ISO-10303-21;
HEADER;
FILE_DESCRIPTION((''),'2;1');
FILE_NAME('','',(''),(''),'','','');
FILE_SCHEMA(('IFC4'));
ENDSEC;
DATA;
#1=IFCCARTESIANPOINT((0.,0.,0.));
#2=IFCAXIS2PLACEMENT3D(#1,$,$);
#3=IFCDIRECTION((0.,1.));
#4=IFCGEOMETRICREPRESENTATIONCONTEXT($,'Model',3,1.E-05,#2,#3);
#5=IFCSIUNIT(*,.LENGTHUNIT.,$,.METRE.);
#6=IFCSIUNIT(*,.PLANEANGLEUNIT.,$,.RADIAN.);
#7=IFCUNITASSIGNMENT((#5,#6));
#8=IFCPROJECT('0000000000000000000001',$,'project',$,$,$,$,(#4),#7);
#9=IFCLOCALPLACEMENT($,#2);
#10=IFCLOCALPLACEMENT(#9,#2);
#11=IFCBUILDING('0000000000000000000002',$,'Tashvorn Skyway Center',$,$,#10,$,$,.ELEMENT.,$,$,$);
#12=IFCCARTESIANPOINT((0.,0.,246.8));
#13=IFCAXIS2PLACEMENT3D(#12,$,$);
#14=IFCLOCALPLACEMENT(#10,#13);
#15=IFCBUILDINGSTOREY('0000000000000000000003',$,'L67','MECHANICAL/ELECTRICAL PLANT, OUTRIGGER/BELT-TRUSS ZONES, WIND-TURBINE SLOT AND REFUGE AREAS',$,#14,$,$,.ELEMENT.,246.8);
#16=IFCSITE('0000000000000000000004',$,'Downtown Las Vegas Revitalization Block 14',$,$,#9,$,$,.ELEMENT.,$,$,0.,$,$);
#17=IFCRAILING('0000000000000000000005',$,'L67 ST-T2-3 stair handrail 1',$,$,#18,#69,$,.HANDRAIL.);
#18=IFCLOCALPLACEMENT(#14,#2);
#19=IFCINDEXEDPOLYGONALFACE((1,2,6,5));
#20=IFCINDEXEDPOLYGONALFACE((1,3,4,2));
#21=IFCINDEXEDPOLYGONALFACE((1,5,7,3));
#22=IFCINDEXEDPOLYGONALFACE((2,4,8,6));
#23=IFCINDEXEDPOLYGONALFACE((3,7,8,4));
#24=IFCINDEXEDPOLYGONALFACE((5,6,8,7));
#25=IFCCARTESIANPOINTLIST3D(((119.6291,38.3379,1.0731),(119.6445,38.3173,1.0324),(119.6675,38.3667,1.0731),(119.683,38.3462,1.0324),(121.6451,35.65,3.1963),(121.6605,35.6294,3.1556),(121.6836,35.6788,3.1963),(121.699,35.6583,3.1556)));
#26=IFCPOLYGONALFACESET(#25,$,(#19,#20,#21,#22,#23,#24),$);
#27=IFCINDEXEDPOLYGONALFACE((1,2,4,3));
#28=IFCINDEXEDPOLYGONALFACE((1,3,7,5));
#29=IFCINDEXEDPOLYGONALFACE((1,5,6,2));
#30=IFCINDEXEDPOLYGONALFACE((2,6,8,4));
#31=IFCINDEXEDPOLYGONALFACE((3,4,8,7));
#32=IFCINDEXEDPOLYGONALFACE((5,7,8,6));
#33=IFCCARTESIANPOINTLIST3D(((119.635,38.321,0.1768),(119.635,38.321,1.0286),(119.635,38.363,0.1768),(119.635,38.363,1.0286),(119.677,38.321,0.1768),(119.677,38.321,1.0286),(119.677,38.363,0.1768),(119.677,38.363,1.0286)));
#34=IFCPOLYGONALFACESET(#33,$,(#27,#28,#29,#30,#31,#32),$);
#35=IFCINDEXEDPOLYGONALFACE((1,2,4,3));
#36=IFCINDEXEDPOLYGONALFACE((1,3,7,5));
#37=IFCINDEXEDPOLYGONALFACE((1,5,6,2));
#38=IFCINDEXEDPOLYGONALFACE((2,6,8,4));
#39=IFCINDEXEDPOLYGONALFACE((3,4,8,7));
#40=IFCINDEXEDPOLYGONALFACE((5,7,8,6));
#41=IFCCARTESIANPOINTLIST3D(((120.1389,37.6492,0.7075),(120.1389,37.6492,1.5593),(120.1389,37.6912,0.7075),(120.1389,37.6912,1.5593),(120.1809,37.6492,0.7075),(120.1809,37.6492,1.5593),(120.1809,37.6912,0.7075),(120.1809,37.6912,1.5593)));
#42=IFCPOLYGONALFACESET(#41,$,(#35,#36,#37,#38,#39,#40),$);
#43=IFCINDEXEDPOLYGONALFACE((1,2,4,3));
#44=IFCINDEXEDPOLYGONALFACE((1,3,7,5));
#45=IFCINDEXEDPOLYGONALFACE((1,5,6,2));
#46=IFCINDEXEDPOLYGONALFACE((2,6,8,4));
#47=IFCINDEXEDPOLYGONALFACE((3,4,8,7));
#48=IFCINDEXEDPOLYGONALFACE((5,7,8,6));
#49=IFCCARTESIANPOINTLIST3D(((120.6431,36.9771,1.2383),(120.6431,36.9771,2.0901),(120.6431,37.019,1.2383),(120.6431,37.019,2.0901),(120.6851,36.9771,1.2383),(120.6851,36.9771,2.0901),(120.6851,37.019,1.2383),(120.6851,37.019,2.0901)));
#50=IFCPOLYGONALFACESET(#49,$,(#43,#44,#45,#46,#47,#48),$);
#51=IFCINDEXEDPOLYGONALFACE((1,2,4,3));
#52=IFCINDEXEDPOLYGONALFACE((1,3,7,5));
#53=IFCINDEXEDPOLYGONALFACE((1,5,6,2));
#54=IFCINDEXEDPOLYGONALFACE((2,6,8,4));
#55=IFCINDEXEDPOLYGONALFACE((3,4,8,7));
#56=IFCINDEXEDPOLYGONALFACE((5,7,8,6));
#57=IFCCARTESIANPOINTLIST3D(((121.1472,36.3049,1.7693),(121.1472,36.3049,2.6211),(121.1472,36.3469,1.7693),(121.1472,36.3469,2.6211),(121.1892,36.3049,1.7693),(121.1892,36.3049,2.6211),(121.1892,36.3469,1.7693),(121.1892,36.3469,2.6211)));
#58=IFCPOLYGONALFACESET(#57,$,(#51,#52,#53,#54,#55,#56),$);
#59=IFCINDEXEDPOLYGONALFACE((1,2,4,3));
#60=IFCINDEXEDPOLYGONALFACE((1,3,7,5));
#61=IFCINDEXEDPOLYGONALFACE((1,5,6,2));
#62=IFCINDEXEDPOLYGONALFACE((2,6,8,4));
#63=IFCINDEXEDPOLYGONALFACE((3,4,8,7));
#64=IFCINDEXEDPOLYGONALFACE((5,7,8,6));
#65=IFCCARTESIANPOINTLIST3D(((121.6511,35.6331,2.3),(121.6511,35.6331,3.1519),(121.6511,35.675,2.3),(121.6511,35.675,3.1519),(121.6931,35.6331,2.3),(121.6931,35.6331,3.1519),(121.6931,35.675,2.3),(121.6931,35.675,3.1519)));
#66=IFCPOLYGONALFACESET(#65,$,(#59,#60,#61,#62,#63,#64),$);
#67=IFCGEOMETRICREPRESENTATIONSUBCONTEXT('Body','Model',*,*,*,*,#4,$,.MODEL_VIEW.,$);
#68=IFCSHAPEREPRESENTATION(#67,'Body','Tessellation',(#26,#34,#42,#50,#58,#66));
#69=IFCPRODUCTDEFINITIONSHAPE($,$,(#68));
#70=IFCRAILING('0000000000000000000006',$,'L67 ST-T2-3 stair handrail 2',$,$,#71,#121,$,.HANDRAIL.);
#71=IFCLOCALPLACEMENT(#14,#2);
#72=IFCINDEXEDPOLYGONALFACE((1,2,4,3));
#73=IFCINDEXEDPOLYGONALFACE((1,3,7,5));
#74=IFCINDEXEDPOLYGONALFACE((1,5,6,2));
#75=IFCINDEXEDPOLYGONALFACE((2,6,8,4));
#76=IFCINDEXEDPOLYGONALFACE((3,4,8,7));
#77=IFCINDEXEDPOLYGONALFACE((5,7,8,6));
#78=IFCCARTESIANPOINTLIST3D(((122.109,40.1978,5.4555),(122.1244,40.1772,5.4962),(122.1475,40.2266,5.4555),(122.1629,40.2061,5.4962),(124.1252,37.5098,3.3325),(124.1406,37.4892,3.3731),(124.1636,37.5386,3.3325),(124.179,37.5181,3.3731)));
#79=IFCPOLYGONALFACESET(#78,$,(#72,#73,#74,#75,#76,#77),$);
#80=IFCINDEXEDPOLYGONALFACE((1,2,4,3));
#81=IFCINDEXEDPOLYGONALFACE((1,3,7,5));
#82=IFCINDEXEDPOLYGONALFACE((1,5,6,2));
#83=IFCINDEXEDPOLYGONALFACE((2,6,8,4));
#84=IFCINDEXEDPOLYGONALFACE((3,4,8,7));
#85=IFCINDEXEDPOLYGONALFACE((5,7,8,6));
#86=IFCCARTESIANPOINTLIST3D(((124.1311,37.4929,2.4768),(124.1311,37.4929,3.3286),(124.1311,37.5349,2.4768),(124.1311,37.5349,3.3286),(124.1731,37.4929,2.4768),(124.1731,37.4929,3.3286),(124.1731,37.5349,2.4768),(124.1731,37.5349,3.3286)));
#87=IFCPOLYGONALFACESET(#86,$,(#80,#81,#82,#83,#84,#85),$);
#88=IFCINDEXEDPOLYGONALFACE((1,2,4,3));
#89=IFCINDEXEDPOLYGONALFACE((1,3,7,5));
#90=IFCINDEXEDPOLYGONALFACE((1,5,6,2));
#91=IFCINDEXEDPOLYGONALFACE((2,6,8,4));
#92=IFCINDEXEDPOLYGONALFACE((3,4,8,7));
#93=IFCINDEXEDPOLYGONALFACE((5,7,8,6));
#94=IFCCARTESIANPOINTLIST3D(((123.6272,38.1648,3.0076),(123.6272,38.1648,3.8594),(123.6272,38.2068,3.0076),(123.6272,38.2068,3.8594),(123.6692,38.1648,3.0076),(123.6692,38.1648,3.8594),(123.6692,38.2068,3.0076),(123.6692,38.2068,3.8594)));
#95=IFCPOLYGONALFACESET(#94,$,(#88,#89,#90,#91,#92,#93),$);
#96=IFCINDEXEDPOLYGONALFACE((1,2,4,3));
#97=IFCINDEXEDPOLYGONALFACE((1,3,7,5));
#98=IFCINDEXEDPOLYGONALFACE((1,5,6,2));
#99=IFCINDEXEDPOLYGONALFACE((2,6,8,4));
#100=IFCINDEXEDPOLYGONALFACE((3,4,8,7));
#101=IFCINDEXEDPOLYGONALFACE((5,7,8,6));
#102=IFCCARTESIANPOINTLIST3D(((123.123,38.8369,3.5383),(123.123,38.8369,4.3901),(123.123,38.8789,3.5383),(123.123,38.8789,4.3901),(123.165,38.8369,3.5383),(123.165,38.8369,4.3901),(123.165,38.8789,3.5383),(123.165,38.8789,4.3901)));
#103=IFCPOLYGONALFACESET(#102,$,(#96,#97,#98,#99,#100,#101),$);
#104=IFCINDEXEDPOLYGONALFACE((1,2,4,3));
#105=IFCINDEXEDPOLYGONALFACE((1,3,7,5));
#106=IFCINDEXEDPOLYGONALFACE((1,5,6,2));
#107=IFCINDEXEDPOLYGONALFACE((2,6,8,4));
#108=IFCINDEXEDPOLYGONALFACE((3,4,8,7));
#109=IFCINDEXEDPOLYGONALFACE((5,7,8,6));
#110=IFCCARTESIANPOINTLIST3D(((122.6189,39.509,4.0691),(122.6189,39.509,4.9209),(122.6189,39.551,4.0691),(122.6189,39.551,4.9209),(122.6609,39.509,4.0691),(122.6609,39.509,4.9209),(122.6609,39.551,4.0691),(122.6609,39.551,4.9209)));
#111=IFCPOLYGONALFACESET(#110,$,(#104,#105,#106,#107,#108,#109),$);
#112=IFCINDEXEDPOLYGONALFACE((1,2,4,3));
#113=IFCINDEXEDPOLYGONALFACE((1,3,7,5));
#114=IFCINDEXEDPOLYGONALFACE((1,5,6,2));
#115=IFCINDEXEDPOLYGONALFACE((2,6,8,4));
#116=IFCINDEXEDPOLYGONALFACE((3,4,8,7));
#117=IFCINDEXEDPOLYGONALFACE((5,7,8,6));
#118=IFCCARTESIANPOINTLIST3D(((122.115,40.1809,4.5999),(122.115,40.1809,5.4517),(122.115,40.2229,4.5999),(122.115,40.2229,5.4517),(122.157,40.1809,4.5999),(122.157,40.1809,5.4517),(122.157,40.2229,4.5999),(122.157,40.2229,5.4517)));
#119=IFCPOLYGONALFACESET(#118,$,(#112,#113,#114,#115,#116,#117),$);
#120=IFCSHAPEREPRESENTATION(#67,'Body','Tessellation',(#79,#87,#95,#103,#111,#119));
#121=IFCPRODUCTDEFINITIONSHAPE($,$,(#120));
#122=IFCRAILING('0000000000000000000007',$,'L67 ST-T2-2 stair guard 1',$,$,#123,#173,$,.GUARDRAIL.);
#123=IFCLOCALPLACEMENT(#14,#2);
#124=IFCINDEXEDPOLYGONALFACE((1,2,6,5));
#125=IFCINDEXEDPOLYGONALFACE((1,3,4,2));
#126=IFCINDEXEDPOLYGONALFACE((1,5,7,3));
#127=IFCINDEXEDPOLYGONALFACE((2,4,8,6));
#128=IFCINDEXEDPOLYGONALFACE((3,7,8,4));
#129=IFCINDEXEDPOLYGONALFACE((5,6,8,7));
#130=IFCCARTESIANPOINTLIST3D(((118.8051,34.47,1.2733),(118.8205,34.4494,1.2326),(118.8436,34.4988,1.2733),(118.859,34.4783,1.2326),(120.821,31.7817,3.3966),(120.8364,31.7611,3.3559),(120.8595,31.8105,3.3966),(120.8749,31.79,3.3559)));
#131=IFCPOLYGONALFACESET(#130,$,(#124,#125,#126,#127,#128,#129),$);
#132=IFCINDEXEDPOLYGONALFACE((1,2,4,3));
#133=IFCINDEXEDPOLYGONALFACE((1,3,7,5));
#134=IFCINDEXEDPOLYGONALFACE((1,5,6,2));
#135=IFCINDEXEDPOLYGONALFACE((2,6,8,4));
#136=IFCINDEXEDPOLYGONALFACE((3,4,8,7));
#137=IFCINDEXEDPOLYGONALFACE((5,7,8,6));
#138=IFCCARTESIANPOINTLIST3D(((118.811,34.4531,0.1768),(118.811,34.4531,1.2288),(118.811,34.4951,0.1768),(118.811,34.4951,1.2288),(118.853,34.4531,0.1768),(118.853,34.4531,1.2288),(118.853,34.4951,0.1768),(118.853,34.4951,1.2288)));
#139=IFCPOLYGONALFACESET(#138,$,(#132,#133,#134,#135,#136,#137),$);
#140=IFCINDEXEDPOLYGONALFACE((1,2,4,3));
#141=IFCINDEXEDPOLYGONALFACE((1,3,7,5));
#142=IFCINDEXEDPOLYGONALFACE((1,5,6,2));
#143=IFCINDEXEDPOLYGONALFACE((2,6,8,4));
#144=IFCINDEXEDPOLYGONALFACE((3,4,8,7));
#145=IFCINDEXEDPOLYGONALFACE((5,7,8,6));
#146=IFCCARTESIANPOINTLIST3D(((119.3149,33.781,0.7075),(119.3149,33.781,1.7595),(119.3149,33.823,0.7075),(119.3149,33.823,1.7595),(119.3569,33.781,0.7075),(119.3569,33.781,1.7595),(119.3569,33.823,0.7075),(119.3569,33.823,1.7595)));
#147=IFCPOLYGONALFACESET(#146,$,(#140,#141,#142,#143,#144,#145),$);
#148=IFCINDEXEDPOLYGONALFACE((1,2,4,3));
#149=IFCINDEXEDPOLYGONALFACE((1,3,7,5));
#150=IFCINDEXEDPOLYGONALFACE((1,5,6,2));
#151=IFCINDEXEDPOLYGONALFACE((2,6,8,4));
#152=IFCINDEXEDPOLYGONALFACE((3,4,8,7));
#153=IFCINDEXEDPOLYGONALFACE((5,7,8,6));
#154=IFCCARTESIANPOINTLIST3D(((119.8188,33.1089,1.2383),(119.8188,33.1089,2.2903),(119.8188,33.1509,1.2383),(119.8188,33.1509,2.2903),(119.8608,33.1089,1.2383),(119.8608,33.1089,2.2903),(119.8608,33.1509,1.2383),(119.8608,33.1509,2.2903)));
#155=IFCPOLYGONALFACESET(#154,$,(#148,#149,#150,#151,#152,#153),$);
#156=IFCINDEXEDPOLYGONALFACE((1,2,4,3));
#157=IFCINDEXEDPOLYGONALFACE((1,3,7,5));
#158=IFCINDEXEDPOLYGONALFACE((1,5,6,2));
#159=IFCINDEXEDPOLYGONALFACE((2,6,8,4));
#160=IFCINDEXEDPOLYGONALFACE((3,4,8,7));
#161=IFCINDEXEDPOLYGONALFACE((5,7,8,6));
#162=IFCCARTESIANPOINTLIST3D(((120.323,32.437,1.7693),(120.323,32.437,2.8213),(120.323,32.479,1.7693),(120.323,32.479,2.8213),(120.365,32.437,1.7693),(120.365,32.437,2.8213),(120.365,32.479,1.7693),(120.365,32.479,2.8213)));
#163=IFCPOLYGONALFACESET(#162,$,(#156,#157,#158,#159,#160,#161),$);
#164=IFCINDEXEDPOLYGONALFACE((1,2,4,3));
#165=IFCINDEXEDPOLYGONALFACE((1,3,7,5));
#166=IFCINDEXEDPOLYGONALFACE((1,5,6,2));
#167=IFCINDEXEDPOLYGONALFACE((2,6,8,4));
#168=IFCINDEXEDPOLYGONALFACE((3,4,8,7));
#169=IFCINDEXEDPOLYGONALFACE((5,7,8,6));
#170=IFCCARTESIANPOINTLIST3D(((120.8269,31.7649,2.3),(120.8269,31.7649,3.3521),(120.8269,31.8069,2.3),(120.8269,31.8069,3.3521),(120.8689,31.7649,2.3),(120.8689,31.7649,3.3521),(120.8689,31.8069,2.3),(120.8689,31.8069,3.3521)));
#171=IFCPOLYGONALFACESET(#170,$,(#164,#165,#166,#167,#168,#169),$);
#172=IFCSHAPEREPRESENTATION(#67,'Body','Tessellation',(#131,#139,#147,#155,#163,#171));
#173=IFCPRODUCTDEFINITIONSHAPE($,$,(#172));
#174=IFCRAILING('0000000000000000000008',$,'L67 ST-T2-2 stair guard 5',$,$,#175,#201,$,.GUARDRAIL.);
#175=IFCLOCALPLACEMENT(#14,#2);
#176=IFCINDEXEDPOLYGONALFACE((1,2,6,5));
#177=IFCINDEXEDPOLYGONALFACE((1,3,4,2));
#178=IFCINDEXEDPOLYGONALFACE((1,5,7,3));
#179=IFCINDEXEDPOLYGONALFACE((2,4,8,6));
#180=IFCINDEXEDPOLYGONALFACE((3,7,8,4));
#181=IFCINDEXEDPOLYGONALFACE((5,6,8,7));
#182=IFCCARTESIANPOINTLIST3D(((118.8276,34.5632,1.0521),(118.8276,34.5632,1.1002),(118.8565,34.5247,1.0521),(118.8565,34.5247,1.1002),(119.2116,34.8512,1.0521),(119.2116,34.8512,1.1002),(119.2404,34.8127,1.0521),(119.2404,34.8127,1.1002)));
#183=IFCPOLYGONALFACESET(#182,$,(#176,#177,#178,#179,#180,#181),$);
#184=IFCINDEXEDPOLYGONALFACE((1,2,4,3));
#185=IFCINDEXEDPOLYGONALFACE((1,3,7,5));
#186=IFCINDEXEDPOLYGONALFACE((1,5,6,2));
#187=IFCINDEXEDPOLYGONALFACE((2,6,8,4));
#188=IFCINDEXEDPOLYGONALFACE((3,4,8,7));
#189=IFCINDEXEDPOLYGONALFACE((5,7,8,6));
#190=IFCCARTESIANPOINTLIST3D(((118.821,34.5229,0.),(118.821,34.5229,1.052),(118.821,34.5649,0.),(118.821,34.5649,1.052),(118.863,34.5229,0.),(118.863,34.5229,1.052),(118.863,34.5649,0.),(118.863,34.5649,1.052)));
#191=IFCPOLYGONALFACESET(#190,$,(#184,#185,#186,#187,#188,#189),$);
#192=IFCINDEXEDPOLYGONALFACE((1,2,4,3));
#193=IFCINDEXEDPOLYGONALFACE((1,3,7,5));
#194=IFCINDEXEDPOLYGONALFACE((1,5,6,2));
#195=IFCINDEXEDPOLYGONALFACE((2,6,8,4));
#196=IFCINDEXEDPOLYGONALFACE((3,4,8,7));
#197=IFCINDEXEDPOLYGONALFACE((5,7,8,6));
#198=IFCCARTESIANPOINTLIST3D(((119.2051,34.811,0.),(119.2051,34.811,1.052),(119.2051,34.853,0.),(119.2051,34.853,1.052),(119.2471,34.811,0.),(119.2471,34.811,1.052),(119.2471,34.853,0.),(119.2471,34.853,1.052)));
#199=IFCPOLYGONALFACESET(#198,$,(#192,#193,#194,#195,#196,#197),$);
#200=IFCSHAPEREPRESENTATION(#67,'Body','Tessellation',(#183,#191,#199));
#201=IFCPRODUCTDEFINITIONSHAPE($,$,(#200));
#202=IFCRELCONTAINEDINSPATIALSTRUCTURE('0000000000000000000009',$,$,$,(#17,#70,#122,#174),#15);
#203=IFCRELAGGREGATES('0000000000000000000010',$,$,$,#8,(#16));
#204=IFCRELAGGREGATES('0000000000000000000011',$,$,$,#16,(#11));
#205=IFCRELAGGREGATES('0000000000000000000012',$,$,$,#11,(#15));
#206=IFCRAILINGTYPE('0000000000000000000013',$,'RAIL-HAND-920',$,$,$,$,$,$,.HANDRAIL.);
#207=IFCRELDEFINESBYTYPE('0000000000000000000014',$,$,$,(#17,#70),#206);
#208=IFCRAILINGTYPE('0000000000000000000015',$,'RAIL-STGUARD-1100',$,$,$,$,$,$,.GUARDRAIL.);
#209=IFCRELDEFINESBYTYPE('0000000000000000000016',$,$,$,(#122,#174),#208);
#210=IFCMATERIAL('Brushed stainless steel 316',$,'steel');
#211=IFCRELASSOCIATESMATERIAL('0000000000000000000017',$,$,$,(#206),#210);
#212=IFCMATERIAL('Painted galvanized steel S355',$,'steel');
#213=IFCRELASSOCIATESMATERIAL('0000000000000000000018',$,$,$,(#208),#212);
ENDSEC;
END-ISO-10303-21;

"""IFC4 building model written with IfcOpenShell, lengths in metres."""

from ifc_helpers import new_model, si_unit, direction, frame, origin, origin_2d, place, context, subcontext, project, spatial, rectangle, extrude, material, type_object, element, save


model = new_model("IFC4")

# Units and contexts
model_context = context("Model", 3, precision=1e-05, world=origin(), true_north=direction((0.0, 1.0)))
body_context = subcontext(model_context, "Body", "Model", "MODEL_VIEW")
ifc_project = project(units=[si_unit("LENGTHUNIT", "METRE"), si_unit("PLANEANGLEUNIT", "RADIAN")], contexts=[model_context])

# Site, building, storey
site_placement = place(None, origin())
site = spatial("IfcSite", under=ifc_project, at=site_placement, Name="Downtown Las Vegas Revitalization Block 14", CompositionType="ELEMENT", RefElevation=0.0)
building_placement = place(site_placement, origin())
building = spatial("IfcBuilding", under=site, at=building_placement, Name="Tashvorn Skyway Center", CompositionType="ELEMENT")
storey_placement = place(building_placement, frame((0.0, 0.0, 246.8)))
storey = spatial("IfcBuildingStorey", under=building, at=storey_placement, Name="L67", Description="MECHANICAL/ELECTRICAL PLANT, OUTRIGGER/BELT-TRUSS ZONES, WIND-TURBINE SLOT AND REFUGE AREAS", CompositionType="ELEMENT", Elevation=246.8)

# Railings
ifc_material_1 = material(Name="Brushed stainless steel 316", Category="steel")
railing_type_1 = type_object("IfcRailingType", Name="RAIL-HAND-920", PredefinedType="HANDRAIL", material=ifc_material_1)
for number, where, name in (
    (1, (119.656, 38.342, 0.1768), "L67 ST-T2-3 stair handrail 1"),
):
    element("IfcRailing", number, at=place(storey_placement, frame(where)), inside=storey, type_object=railing_type_1, Name=name, PredefinedType="HANDRAIL", context=body_context, shape_type="SweptSolid", body=[
        extrude(rectangle(XDim=0.0481, YDim=0.0481, at=origin_2d()), frame((0.0, 0.0, 0.876), z_axis=(0.507235, -0.676272, 0.5342), x_axis=(0.799983, 0.600023, 0.0)), (0.0, 0.0, 1.0), 3.9746),
        extrude(rectangle(XDim=0.042, YDim=0.042, at=origin_2d()), origin(), (0.0, 0.0, 1.0), 0.8518),
        extrude(rectangle(XDim=0.042, YDim=0.042, at=origin_2d()), frame((0.5039, -0.6719, 0.5308)), (0.0, 0.0, 1.0), 0.8518),
        extrude(rectangle(XDim=0.042, YDim=0.042, at=origin_2d()), frame((1.0081, -1.344, 1.0615)), (0.0, 0.0, 1.0), 0.8518),
        extrude(rectangle(XDim=0.042, YDim=0.042, at=origin_2d()), frame((1.5122, -2.0161, 1.5925)), (0.0, 0.0, 1.0), 0.8518),
        extrude(rectangle(XDim=0.042, YDim=0.042, at=origin_2d()), frame((2.0161, -2.688, 2.1233)), (0.0, 0.0, 1.0), 0.8518),
    ])
railing_1_placement = place(storey_placement, frame((124.1521, 37.5139, 2.4768)))
element("IfcRailing", 2, at=railing_1_placement, inside=storey, type_object=railing_type_1, Name="L67 ST-T2-3 stair handrail 2", PredefinedType="HANDRAIL", context=body_context, shape_type="SweptSolid", body=[
    extrude(rectangle(XDim=0.0481, YDim=0.0481, at=origin_2d()), frame((0.0, 0.0, 0.876), z_axis=(-0.507251, 0.676294, 0.534156), x_axis=(-0.799983, -0.600023, 0.0)), (0.0, 0.0, 1.0), 3.9746),
    extrude(rectangle(XDim=0.042, YDim=0.042, at=origin_2d()), origin(), (0.0, 0.0, 1.0), 0.8518),
    extrude(rectangle(XDim=0.042, YDim=0.042, at=origin_2d()), frame((-0.5039, 0.6719, 0.5308)), (0.0, 0.0, 1.0), 0.8518),
    extrude(rectangle(XDim=0.042, YDim=0.042, at=origin_2d()), frame((-1.0081, 1.344, 1.0615)), (0.0, 0.0, 1.0), 0.8518),
    extrude(rectangle(XDim=0.042, YDim=0.042, at=origin_2d()), frame((-1.5122, 2.0161, 1.5923)), (0.0, 0.0, 1.0), 0.8518),
    extrude(rectangle(XDim=0.042, YDim=0.042, at=origin_2d()), frame((-2.0161, 2.688, 2.123)), (0.0, 0.0, 1.0), 0.8518),
])
ifc_material_2 = material(Name="Painted galvanized steel S355", Category="steel")
railing_type_2 = type_object("IfcRailingType", Name="RAIL-STGUARD-1100", PredefinedType="GUARDRAIL", material=ifc_material_2)
railing_2_placement = place(storey_placement, frame((118.832, 34.4741, 0.1768)))
element("IfcRailing", 3, at=railing_2_placement, inside=storey, type_object=railing_type_2, Name="L67 ST-T2-2 stair guard 1", PredefinedType="GUARDRAIL", context=body_context, shape_type="SweptSolid", body=[
    extrude(rectangle(XDim=0.0481, YDim=0.0481, at=origin_2d()), frame((0.0, 0.0, 1.0762), z_axis=(0.507168, -0.676326, 0.534194), x_axis=(0.800044, 0.599942, 0.0)), (0.0, 0.0, 1.0), 3.9749),
    extrude(rectangle(XDim=0.042, YDim=0.042, at=origin_2d()), origin(), (0.0, 0.0, 1.0), 1.052),
    extrude(rectangle(XDim=0.042, YDim=0.042, at=origin_2d()), frame((0.5039, -0.6721, 0.5308)), (0.0, 0.0, 1.0), 1.052),
    extrude(rectangle(XDim=0.042, YDim=0.042, at=origin_2d()), frame((1.0078, -1.3442, 1.0615)), (0.0, 0.0, 1.0), 1.052),
    extrude(rectangle(XDim=0.042, YDim=0.042, at=origin_2d()), frame((1.512, -2.0161, 1.5925)), (0.0, 0.0, 1.0), 1.052),
    extrude(rectangle(XDim=0.042, YDim=0.042, at=origin_2d()), frame((2.0159, -2.6882, 2.1233)), (0.0, 0.0, 1.0), 1.052),
])
railing_3_placement = place(storey_placement, frame((118.842, 34.5439, 0.0)))
element("IfcRailing", 4, at=railing_3_placement, inside=storey, type_object=railing_type_2, Name="L67 ST-T2-2 stair guard 5", PredefinedType="GUARDRAIL", context=body_context, shape_type="SweptSolid", body=[
    extrude(rectangle(XDim=0.0481, YDim=0.0481, at=origin_2d()), frame((0.0, 0.0, 1.0762), z_axis=(0.799939, 0.600081, 0.0), x_axis=(-0.600081, 0.799939, 0.0)), (0.0, 0.0, 1.0), 0.48),
    extrude(rectangle(XDim=0.042, YDim=0.042, at=origin_2d()), origin(), (0.0, 0.0, 1.0), 1.052),
    extrude(rectangle(XDim=0.042, YDim=0.042, at=origin_2d()), frame((0.384, 0.2881, 0.0)), (0.0, 0.0, 1.0), 1.052),
])

save(model, "model.ifc")
